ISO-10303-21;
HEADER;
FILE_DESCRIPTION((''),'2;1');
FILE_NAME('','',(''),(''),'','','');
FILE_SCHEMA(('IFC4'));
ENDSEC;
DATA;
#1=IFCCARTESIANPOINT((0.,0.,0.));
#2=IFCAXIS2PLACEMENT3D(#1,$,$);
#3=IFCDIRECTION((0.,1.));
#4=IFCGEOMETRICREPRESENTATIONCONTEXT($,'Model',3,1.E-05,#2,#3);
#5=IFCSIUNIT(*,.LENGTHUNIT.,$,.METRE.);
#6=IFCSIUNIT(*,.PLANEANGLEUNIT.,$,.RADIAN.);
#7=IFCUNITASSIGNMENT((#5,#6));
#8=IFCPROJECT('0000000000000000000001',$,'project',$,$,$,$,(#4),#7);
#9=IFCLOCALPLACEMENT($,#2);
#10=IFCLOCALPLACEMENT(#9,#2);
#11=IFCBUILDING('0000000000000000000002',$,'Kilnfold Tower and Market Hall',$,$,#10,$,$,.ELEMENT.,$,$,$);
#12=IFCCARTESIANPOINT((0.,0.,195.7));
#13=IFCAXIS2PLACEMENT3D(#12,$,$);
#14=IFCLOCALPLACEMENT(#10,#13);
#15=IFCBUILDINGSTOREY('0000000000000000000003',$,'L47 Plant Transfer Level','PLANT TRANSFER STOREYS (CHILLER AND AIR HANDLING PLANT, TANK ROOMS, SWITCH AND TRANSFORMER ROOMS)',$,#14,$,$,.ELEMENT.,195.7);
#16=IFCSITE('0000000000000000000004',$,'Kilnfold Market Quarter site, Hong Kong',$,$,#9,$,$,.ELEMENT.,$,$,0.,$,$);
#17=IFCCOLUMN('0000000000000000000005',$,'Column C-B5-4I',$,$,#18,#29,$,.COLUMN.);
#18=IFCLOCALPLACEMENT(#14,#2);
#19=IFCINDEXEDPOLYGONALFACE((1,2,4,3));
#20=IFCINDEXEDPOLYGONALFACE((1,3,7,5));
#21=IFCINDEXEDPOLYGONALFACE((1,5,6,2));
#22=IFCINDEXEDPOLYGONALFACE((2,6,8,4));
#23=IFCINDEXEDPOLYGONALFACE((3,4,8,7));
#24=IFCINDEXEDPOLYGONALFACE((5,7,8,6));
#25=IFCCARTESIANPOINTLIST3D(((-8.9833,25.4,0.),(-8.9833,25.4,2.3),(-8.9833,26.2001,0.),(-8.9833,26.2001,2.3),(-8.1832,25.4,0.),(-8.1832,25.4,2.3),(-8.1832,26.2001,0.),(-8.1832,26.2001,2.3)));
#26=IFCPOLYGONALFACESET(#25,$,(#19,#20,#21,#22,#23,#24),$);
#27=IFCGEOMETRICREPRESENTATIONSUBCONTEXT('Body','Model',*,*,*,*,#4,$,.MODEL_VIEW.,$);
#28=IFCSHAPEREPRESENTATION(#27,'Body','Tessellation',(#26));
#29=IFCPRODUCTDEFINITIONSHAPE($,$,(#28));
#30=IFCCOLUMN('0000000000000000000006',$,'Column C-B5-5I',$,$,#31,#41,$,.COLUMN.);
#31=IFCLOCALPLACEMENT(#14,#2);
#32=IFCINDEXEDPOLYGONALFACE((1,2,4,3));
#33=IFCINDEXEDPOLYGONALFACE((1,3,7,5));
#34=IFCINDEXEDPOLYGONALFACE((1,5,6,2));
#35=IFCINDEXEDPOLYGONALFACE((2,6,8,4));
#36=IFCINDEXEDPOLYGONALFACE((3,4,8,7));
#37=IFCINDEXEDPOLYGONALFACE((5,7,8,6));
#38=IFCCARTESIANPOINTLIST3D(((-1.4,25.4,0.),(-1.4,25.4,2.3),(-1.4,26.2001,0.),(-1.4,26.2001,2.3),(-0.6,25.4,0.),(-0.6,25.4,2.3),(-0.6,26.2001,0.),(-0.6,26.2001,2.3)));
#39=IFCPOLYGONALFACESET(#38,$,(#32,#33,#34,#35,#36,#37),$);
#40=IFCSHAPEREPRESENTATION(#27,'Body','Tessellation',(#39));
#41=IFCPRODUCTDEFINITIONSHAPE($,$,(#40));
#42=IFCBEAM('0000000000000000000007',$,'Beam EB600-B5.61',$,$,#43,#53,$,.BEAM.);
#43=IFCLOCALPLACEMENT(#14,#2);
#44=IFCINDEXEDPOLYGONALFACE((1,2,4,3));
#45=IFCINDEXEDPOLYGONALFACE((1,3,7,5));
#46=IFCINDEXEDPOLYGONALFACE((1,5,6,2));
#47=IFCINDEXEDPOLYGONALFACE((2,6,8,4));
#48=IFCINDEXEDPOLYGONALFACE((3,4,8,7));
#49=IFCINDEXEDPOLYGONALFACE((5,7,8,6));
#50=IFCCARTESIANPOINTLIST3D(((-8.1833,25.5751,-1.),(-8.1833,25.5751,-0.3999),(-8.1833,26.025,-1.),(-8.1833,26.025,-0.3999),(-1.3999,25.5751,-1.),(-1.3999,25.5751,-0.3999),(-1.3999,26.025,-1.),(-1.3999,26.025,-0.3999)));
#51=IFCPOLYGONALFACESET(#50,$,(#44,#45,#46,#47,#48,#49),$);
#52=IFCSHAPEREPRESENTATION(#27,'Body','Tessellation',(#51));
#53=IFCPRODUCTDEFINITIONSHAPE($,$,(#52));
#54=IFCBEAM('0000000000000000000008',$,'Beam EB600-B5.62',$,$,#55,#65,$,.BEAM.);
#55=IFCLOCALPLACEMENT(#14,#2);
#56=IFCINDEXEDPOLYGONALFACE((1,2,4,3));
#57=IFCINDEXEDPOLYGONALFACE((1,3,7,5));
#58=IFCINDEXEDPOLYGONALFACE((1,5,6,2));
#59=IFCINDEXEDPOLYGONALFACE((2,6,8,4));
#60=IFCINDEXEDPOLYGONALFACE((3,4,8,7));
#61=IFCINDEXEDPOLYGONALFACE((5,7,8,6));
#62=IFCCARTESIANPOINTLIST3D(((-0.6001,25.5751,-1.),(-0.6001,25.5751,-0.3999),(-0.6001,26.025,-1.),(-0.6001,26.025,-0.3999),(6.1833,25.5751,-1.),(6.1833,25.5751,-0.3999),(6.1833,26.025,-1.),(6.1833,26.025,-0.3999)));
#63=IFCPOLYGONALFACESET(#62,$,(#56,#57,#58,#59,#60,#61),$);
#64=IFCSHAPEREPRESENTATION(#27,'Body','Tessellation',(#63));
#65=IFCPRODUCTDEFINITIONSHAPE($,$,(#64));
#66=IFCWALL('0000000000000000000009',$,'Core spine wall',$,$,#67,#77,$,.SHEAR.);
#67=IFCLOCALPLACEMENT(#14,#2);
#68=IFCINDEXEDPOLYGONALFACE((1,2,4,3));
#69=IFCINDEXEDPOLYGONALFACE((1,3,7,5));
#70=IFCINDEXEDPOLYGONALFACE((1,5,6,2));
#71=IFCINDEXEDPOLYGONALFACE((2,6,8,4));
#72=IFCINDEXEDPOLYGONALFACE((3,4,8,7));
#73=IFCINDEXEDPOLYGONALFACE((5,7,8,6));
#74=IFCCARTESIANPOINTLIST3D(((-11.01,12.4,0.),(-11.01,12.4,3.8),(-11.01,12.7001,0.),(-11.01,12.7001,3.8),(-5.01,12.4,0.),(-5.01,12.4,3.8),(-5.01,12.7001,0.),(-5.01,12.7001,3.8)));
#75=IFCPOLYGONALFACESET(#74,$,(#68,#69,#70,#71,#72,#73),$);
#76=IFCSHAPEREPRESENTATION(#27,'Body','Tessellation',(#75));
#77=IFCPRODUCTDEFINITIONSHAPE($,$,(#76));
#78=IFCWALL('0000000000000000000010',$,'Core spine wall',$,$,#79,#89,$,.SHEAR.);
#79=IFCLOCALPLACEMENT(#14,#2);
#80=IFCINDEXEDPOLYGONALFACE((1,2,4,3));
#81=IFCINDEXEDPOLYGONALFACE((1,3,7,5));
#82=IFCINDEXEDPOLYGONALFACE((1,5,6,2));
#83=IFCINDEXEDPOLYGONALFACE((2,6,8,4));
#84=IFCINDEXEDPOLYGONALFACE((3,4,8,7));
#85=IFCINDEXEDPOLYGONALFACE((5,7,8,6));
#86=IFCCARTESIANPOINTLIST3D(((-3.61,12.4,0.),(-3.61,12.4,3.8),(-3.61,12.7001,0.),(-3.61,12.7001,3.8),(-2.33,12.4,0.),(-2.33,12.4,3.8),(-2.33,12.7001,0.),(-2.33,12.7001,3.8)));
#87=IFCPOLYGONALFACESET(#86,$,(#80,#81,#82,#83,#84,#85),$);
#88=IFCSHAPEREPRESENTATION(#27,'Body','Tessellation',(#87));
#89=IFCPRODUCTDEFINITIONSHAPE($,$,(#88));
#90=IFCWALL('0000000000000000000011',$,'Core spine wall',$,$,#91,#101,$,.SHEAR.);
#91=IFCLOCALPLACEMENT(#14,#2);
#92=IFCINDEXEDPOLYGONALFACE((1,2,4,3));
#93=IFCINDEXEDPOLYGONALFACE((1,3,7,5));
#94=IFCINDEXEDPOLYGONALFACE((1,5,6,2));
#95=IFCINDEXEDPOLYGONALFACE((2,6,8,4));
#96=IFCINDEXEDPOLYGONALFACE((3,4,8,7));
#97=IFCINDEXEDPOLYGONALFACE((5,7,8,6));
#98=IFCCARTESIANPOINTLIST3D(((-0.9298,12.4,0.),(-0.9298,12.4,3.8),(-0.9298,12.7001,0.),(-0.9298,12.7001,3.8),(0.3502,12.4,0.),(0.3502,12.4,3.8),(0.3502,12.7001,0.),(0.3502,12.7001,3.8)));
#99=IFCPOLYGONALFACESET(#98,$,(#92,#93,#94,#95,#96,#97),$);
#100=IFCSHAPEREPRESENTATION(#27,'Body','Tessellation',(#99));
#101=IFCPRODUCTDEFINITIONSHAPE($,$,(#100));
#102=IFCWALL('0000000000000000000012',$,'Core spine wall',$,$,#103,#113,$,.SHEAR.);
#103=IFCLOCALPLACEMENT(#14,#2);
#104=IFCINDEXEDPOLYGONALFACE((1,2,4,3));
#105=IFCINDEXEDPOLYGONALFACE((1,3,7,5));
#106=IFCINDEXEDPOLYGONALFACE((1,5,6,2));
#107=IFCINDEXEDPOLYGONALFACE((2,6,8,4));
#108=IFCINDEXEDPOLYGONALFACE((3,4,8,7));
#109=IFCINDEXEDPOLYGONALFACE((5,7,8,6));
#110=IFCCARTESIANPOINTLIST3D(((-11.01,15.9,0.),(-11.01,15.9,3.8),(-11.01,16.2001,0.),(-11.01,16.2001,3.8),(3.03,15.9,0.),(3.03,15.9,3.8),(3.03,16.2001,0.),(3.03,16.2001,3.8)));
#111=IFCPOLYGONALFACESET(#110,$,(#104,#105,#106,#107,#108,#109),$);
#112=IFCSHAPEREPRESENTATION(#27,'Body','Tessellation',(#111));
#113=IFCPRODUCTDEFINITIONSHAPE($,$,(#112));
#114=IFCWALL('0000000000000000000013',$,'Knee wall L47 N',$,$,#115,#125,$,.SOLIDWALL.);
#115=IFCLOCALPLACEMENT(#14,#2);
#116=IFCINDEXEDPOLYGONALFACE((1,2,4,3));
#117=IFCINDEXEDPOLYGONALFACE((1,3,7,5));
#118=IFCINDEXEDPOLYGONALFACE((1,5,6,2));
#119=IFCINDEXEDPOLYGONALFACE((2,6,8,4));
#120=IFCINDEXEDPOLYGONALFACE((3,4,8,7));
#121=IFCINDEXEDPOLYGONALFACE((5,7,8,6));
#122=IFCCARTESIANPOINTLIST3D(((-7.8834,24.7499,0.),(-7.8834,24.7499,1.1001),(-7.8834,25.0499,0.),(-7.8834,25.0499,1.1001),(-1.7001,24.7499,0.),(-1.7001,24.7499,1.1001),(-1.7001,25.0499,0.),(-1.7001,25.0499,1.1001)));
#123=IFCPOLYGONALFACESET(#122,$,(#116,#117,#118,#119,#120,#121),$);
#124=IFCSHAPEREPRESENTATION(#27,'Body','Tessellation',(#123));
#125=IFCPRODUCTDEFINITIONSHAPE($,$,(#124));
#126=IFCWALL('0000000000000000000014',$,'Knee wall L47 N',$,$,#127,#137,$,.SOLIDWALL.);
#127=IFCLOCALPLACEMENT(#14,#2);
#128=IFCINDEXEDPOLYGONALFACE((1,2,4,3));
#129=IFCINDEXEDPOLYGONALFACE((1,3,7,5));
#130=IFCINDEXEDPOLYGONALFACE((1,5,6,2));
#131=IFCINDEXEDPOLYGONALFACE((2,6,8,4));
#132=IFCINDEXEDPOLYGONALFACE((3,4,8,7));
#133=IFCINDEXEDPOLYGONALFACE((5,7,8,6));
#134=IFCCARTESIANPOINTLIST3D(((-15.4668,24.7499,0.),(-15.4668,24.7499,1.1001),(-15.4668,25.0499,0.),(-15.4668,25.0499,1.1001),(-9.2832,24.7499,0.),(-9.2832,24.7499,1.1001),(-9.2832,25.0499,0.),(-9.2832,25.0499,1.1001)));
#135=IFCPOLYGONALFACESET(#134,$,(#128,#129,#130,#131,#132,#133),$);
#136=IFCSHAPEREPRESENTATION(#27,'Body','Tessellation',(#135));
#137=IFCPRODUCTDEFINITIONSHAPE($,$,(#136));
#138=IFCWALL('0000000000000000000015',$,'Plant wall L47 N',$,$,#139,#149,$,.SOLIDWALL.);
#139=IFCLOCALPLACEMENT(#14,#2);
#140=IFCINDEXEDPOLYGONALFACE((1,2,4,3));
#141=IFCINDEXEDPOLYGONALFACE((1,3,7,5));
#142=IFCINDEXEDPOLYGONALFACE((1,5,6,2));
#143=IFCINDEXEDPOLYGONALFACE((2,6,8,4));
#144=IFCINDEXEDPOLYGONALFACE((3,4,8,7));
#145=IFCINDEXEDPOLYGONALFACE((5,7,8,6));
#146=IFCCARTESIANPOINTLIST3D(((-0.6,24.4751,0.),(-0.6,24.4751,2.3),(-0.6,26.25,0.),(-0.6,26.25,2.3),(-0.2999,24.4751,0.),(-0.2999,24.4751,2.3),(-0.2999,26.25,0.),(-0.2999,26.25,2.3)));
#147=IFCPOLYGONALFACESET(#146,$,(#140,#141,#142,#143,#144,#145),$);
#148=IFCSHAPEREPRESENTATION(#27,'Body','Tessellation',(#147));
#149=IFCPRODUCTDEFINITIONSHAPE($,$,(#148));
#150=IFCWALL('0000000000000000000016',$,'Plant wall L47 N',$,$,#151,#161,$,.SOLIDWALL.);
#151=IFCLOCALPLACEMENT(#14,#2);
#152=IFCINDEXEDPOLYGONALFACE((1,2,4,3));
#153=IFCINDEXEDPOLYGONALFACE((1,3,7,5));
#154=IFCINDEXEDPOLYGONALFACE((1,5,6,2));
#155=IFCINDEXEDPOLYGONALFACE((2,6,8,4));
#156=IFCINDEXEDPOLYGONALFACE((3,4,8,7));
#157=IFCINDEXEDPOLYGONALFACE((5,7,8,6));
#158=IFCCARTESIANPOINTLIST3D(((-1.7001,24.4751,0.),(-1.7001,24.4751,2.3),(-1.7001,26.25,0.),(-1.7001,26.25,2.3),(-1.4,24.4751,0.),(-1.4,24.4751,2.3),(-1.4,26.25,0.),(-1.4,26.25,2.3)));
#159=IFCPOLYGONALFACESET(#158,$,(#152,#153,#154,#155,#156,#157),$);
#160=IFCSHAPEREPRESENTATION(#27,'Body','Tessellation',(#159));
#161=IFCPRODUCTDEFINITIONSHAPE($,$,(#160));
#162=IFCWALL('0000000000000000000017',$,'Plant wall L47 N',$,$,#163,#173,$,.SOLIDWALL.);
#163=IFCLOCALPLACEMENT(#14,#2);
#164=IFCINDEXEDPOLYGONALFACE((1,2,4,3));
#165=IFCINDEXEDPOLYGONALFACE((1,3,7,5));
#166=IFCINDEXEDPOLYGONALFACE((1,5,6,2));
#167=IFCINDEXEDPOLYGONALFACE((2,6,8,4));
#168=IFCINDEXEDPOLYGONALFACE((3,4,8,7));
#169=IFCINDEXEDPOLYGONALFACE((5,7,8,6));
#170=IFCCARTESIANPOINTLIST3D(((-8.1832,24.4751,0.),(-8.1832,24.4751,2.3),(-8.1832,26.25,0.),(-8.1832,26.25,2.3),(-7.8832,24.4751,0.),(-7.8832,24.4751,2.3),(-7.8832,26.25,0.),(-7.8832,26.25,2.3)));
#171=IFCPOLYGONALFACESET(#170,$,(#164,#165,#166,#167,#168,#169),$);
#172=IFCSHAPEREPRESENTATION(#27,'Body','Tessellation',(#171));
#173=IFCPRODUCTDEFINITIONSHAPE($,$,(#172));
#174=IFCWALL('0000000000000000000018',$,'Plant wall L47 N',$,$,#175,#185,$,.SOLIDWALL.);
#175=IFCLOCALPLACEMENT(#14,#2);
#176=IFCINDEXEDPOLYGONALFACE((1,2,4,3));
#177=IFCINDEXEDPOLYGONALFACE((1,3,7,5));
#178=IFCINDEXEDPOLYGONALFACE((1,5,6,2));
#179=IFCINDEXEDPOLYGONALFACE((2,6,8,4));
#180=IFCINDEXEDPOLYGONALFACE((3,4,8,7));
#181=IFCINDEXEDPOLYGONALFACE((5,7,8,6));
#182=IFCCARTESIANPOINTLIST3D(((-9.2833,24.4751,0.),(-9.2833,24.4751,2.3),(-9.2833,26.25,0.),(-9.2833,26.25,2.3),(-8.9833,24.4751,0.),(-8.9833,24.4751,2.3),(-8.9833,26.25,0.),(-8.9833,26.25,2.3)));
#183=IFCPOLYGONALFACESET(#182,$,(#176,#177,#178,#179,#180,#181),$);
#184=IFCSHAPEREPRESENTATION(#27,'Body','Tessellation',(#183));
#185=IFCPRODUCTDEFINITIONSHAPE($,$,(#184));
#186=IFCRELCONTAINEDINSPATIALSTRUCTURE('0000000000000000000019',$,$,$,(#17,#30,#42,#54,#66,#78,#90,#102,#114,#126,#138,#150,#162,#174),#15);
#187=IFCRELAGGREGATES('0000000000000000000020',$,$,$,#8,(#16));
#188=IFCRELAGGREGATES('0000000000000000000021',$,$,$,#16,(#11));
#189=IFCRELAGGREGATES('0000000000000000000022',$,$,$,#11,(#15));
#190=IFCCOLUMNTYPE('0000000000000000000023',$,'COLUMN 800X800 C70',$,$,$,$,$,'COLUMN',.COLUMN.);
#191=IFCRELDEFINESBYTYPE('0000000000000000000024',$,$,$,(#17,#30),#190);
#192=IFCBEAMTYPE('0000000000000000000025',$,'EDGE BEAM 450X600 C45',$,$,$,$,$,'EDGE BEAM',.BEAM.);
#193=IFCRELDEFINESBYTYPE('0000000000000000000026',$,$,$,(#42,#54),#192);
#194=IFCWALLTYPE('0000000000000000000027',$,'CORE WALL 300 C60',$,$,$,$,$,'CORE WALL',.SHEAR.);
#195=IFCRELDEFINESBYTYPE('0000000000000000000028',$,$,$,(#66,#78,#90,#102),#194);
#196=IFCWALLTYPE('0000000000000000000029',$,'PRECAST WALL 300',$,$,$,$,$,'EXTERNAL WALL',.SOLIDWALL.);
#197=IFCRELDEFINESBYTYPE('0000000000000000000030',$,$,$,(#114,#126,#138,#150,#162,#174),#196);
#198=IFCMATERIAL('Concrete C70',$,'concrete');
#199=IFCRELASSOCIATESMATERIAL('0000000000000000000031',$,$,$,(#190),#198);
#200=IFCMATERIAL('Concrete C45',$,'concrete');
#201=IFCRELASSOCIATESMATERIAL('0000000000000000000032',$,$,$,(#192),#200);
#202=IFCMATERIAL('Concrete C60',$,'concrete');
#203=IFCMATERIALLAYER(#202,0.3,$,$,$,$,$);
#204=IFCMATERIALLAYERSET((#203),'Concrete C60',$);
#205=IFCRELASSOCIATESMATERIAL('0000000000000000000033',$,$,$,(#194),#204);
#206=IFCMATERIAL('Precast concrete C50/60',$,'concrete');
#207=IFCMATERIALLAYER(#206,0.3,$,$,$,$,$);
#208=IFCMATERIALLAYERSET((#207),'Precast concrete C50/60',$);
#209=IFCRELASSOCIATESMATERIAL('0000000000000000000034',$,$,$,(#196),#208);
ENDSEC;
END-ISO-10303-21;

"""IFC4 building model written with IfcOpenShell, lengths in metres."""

from ifc_helpers import new_model, si_unit, direction, frame, frame_2d, origin, origin_2d, place, context, subcontext, project, spatial, rectangle, extrude, source, transform, mapped, material, layer, layer_set, material_profile, profile_set, type_object, element, save


model = new_model("IFC4")

# Units and contexts
model_context = context("Model", 3, precision=1e-05, world=origin(), true_north=direction((0.0, 1.0)))
body_context = subcontext(model_context, "Body", "Model", "MODEL_VIEW")
ifc_project = project(units=[si_unit("LENGTHUNIT", "METRE"), si_unit("PLANEANGLEUNIT", "RADIAN")], contexts=[model_context])

# Site, building, storey
site_placement = place(None, origin())
site = spatial("IfcSite", under=ifc_project, at=site_placement, Name="Kilnfold Market Quarter site, Hong Kong", CompositionType="ELEMENT", RefElevation=0.0)
building_placement = place(site_placement, origin())
building = spatial("IfcBuilding", under=site, at=building_placement, Name="Kilnfold Tower and Market Hall", CompositionType="ELEMENT")
storey_placement = place(building_placement, frame((0.0, 0.0, 195.7)))
storey = spatial("IfcBuildingStorey", under=building, at=storey_placement, Name="L47 Plant Transfer Level", Description="PLANT TRANSFER STOREYS (CHILLER AND AIR HANDLING PLANT, TANK ROOMS, SWITCH AND TRANSFORMER ROOMS)", CompositionType="ELEMENT", Elevation=195.7)

# Columns
ifc_material_1 = material(Name="Concrete C70", Category="concrete")
ifc_material_profile_1 = material_profile(ifc_material_1, rectangle(XDim=0.8, YDim=0.8, at=origin_2d()), Name="RC 800x800")
ifc_profile_set_1 = profile_set([ifc_material_profile_1], Name="Concrete C70")
column_type = type_object("IfcColumnType", Name="COLUMN 800X800 C70", ElementType="COLUMN", PredefinedType="COLUMN", material=ifc_profile_set_1)
shared_shape_1 = source(origin(), body_context, "Body", "SweptSolid", [
    extrude(rectangle(XDim=0.8, YDim=0.8, at=origin_2d()), origin(), (0.0, 0.0, 1.0), 2.3),
])
for number, where, z_axis, x_axis, name in (
    (1, (-8.5833, 25.8, 0.0), (0.0, 0.0, 1.0), (1.0, 0.0, 0.0), "Column C-B5-4I"),
    (2, (-1.0, 25.8, 0.0), (0.0, 0.0, 1.0), (1.0, 0.0, 0.0), "Column C-B5-5I"),
):
    element("IfcColumn", number, at=place(storey_placement, frame(where, z_axis=z_axis, x_axis=x_axis)), inside=storey, type_object=column_type, Name=name, PredefinedType="COLUMN", context=body_context, shape_type="MappedRepresentation", body=[
        mapped(shared_shape_1, transform((0.0, 0.0, 0.0))),
    ])

# Beams
ifc_material_2 = material(Name="Concrete C45", Category="concrete")
ifc_material_profile_2 = material_profile(ifc_material_2, rectangle(XDim=0.45, YDim=0.6001, at=origin_2d()), Name="RC 450x600")
ifc_profile_set_2 = profile_set([ifc_material_profile_2], Name="Concrete C45")
beam_type = type_object("IfcBeamType", Name="EDGE BEAM 450X600 C45", ElementType="EDGE BEAM", PredefinedType="BEAM", material=ifc_profile_set_2)
shared_shape_2 = source(origin(), body_context, "Body", "SweptSolid", [
    extrude(rectangle(XDim=0.45, YDim=0.6001, at=origin_2d()), origin(), (0.0, 0.0, 1.0), 6.7834),
])
for number, where, z_axis, x_axis, name in (
    (3, (-8.1833, 25.8, -0.7), (1.0, 0.0, 0.0), (0.0, 1.0, 0.0), "Beam EB600-B5.61"),
    (4, (-0.6001, 25.8, -0.7), (1.0, 0.0, 0.0), (0.0, 1.0, 0.0), "Beam EB600-B5.62"),
):
    element("IfcBeam", number, at=place(storey_placement, frame(where, z_axis=z_axis, x_axis=x_axis)), inside=storey, type_object=beam_type, Name=name, PredefinedType="BEAM", context=body_context, shape_type="MappedRepresentation", body=[
        mapped(shared_shape_2, transform((0.0, 0.0, 0.0))),
    ])

# Walls
ifc_material_3 = material(Name="Concrete C60", Category="concrete")
ifc_layer_1 = layer(ifc_material_3, 0.3)
ifc_layer_set_1 = layer_set([ifc_layer_1], Name="Concrete C60")
wall_type_1 = type_object("IfcWallType", Name="CORE WALL 300 C60", ElementType="CORE WALL", PredefinedType="SHEAR", material=ifc_layer_set_1)
shared_shape_3 = source(origin(), body_context, "Body", "SweptSolid", [
    extrude(rectangle(XDim=6.0, YDim=0.3, at=frame_2d((3.0, 0.0))), origin(), (0.0, 0.0, 1.0), 3.8),
])
wall_1_placement = place(storey_placement, frame((-11.01, 12.55, 0.0), z_axis=(0.0, 0.0, 1.0), x_axis=(1.0, 0.0, 0.0)))
element("IfcWall", 5, at=wall_1_placement, inside=storey, type_object=wall_type_1, Name="Core spine wall", PredefinedType="SHEAR", context=body_context, shape_type="MappedRepresentation", body=[
    mapped(shared_shape_3, transform((0.0, 0.0, 0.0))),
])
shared_shape_4 = source(origin(), body_context, "Body", "SweptSolid", [
    extrude(rectangle(XDim=1.28, YDim=0.3, at=frame_2d((0.6401, 0.0))), origin(), (0.0, 0.0, 1.0), 3.8),
])
for number, where, z_axis, x_axis, name in (
    (6, (-3.6101, 12.55, 0.0), (0.0, 0.0, 1.0), (1.0, 0.0, 0.0), "Core spine wall"),
    (7, (-0.9299, 12.55, 0.0), (0.0, 0.0, 1.0), (1.0, 0.0, 0.0), "Core spine wall"),
):
    element("IfcWall", number, at=place(storey_placement, frame(where, z_axis=z_axis, x_axis=x_axis)), inside=storey, type_object=wall_type_1, Name=name, PredefinedType="SHEAR", context=body_context, shape_type="MappedRepresentation", body=[
        mapped(shared_shape_4, transform((0.0, 0.0, 0.0))),
    ])
shared_shape_5 = source(origin(), body_context, "Body", "SweptSolid", [
    extrude(rectangle(XDim=14.04, YDim=0.3, at=frame_2d((7.02, 0.0))), origin(), (0.0, 0.0, 1.0), 3.8),
])
wall_2_placement = place(storey_placement, frame((-11.01, 16.05, 0.0), z_axis=(0.0, 0.0, 1.0), x_axis=(1.0, 0.0, 0.0)))
element("IfcWall", 8, at=wall_2_placement, inside=storey, type_object=wall_type_1, Name="Core spine wall", PredefinedType="SHEAR", context=body_context, shape_type="MappedRepresentation", body=[
    mapped(shared_shape_5, transform((0.0, 0.0, 0.0))),
])
ifc_material_4 = material(Name="Precast concrete C50/60", Category="concrete")
ifc_layer_2 = layer(ifc_material_4, 0.3)
ifc_layer_set_2 = layer_set([ifc_layer_2], Name="Precast concrete C50/60")
wall_type_2 = type_object("IfcWallType", Name="PRECAST WALL 300", ElementType="EXTERNAL WALL", PredefinedType="SOLIDWALL", material=ifc_layer_set_2)
shared_shape_6 = source(origin(), body_context, "Body", "SweptSolid", [
    extrude(rectangle(XDim=6.1833, YDim=0.3, at=frame_2d((3.0918, 0.0))), origin(), (0.0, 0.0, 1.0), 1.1001),
])
wall_3_placement = place(storey_placement, frame((-1.7, 24.8999, 0.0), z_axis=(0.0, 0.0, 1.0), x_axis=(-1.0, 0.0, 0.0)))
element("IfcWall", 9, at=wall_3_placement, inside=storey, type_object=wall_type_2, Name="Knee wall L47 N", PredefinedType="SOLIDWALL", context=body_context, shape_type="MappedRepresentation", body=[
    mapped(shared_shape_6, transform((0.0, 0.0, 0.0))),
])
shared_shape_7 = source(origin(), body_context, "Body", "SweptSolid", [
    extrude(rectangle(XDim=6.1836, YDim=0.3, at=frame_2d((3.0918, 0.0))), origin(), (0.0, 0.0, 1.0), 1.1001),
])
wall_4_placement = place(storey_placement, frame((-9.2832, 24.8999, 0.0), z_axis=(0.0, 0.0, 1.0), x_axis=(-1.0, 0.0, 0.0)))
element("IfcWall", 10, at=wall_4_placement, inside=storey, type_object=wall_type_2, Name="Knee wall L47 N", PredefinedType="SOLIDWALL", context=body_context, shape_type="MappedRepresentation", body=[
    mapped(shared_shape_7, transform((0.0, 0.0, 0.0))),
])
shared_shape_8 = source(origin(), body_context, "Body", "SweptSolid", [
    extrude(rectangle(XDim=1.7749, YDim=0.3, at=frame_2d((0.8875, 0.0))), origin(), (0.0, 0.0, 1.0), 2.3),
])
for number, where, z_axis, x_axis, name in (
    (11, (-0.45, 26.25, 0.0), (0.0, 0.0, 1.0), (0.0, -1.0, 0.0), "Plant wall L47 N"),
    (12, (-1.55, 26.25, 0.0), (0.0, 0.0, 1.0), (0.0, -1.0, 0.0), "Plant wall L47 N"),
    (13, (-8.0332, 26.25, 0.0), (0.0, 0.0, 1.0), (0.0, -1.0, 0.0), "Plant wall L47 N"),
    (14, (-9.1333, 26.25, 0.0), (0.0, 0.0, 1.0), (0.0, -1.0, 0.0), "Plant wall L47 N"),
):
    element("IfcWall", number, at=place(storey_placement, frame(where, z_axis=z_axis, x_axis=x_axis)), inside=storey, type_object=wall_type_2, Name=name, PredefinedType="SOLIDWALL", context=body_context, shape_type="MappedRepresentation", body=[
        mapped(shared_shape_8, transform((0.0, 0.0, 0.0))),
    ])

save(model, "model.ifc")
